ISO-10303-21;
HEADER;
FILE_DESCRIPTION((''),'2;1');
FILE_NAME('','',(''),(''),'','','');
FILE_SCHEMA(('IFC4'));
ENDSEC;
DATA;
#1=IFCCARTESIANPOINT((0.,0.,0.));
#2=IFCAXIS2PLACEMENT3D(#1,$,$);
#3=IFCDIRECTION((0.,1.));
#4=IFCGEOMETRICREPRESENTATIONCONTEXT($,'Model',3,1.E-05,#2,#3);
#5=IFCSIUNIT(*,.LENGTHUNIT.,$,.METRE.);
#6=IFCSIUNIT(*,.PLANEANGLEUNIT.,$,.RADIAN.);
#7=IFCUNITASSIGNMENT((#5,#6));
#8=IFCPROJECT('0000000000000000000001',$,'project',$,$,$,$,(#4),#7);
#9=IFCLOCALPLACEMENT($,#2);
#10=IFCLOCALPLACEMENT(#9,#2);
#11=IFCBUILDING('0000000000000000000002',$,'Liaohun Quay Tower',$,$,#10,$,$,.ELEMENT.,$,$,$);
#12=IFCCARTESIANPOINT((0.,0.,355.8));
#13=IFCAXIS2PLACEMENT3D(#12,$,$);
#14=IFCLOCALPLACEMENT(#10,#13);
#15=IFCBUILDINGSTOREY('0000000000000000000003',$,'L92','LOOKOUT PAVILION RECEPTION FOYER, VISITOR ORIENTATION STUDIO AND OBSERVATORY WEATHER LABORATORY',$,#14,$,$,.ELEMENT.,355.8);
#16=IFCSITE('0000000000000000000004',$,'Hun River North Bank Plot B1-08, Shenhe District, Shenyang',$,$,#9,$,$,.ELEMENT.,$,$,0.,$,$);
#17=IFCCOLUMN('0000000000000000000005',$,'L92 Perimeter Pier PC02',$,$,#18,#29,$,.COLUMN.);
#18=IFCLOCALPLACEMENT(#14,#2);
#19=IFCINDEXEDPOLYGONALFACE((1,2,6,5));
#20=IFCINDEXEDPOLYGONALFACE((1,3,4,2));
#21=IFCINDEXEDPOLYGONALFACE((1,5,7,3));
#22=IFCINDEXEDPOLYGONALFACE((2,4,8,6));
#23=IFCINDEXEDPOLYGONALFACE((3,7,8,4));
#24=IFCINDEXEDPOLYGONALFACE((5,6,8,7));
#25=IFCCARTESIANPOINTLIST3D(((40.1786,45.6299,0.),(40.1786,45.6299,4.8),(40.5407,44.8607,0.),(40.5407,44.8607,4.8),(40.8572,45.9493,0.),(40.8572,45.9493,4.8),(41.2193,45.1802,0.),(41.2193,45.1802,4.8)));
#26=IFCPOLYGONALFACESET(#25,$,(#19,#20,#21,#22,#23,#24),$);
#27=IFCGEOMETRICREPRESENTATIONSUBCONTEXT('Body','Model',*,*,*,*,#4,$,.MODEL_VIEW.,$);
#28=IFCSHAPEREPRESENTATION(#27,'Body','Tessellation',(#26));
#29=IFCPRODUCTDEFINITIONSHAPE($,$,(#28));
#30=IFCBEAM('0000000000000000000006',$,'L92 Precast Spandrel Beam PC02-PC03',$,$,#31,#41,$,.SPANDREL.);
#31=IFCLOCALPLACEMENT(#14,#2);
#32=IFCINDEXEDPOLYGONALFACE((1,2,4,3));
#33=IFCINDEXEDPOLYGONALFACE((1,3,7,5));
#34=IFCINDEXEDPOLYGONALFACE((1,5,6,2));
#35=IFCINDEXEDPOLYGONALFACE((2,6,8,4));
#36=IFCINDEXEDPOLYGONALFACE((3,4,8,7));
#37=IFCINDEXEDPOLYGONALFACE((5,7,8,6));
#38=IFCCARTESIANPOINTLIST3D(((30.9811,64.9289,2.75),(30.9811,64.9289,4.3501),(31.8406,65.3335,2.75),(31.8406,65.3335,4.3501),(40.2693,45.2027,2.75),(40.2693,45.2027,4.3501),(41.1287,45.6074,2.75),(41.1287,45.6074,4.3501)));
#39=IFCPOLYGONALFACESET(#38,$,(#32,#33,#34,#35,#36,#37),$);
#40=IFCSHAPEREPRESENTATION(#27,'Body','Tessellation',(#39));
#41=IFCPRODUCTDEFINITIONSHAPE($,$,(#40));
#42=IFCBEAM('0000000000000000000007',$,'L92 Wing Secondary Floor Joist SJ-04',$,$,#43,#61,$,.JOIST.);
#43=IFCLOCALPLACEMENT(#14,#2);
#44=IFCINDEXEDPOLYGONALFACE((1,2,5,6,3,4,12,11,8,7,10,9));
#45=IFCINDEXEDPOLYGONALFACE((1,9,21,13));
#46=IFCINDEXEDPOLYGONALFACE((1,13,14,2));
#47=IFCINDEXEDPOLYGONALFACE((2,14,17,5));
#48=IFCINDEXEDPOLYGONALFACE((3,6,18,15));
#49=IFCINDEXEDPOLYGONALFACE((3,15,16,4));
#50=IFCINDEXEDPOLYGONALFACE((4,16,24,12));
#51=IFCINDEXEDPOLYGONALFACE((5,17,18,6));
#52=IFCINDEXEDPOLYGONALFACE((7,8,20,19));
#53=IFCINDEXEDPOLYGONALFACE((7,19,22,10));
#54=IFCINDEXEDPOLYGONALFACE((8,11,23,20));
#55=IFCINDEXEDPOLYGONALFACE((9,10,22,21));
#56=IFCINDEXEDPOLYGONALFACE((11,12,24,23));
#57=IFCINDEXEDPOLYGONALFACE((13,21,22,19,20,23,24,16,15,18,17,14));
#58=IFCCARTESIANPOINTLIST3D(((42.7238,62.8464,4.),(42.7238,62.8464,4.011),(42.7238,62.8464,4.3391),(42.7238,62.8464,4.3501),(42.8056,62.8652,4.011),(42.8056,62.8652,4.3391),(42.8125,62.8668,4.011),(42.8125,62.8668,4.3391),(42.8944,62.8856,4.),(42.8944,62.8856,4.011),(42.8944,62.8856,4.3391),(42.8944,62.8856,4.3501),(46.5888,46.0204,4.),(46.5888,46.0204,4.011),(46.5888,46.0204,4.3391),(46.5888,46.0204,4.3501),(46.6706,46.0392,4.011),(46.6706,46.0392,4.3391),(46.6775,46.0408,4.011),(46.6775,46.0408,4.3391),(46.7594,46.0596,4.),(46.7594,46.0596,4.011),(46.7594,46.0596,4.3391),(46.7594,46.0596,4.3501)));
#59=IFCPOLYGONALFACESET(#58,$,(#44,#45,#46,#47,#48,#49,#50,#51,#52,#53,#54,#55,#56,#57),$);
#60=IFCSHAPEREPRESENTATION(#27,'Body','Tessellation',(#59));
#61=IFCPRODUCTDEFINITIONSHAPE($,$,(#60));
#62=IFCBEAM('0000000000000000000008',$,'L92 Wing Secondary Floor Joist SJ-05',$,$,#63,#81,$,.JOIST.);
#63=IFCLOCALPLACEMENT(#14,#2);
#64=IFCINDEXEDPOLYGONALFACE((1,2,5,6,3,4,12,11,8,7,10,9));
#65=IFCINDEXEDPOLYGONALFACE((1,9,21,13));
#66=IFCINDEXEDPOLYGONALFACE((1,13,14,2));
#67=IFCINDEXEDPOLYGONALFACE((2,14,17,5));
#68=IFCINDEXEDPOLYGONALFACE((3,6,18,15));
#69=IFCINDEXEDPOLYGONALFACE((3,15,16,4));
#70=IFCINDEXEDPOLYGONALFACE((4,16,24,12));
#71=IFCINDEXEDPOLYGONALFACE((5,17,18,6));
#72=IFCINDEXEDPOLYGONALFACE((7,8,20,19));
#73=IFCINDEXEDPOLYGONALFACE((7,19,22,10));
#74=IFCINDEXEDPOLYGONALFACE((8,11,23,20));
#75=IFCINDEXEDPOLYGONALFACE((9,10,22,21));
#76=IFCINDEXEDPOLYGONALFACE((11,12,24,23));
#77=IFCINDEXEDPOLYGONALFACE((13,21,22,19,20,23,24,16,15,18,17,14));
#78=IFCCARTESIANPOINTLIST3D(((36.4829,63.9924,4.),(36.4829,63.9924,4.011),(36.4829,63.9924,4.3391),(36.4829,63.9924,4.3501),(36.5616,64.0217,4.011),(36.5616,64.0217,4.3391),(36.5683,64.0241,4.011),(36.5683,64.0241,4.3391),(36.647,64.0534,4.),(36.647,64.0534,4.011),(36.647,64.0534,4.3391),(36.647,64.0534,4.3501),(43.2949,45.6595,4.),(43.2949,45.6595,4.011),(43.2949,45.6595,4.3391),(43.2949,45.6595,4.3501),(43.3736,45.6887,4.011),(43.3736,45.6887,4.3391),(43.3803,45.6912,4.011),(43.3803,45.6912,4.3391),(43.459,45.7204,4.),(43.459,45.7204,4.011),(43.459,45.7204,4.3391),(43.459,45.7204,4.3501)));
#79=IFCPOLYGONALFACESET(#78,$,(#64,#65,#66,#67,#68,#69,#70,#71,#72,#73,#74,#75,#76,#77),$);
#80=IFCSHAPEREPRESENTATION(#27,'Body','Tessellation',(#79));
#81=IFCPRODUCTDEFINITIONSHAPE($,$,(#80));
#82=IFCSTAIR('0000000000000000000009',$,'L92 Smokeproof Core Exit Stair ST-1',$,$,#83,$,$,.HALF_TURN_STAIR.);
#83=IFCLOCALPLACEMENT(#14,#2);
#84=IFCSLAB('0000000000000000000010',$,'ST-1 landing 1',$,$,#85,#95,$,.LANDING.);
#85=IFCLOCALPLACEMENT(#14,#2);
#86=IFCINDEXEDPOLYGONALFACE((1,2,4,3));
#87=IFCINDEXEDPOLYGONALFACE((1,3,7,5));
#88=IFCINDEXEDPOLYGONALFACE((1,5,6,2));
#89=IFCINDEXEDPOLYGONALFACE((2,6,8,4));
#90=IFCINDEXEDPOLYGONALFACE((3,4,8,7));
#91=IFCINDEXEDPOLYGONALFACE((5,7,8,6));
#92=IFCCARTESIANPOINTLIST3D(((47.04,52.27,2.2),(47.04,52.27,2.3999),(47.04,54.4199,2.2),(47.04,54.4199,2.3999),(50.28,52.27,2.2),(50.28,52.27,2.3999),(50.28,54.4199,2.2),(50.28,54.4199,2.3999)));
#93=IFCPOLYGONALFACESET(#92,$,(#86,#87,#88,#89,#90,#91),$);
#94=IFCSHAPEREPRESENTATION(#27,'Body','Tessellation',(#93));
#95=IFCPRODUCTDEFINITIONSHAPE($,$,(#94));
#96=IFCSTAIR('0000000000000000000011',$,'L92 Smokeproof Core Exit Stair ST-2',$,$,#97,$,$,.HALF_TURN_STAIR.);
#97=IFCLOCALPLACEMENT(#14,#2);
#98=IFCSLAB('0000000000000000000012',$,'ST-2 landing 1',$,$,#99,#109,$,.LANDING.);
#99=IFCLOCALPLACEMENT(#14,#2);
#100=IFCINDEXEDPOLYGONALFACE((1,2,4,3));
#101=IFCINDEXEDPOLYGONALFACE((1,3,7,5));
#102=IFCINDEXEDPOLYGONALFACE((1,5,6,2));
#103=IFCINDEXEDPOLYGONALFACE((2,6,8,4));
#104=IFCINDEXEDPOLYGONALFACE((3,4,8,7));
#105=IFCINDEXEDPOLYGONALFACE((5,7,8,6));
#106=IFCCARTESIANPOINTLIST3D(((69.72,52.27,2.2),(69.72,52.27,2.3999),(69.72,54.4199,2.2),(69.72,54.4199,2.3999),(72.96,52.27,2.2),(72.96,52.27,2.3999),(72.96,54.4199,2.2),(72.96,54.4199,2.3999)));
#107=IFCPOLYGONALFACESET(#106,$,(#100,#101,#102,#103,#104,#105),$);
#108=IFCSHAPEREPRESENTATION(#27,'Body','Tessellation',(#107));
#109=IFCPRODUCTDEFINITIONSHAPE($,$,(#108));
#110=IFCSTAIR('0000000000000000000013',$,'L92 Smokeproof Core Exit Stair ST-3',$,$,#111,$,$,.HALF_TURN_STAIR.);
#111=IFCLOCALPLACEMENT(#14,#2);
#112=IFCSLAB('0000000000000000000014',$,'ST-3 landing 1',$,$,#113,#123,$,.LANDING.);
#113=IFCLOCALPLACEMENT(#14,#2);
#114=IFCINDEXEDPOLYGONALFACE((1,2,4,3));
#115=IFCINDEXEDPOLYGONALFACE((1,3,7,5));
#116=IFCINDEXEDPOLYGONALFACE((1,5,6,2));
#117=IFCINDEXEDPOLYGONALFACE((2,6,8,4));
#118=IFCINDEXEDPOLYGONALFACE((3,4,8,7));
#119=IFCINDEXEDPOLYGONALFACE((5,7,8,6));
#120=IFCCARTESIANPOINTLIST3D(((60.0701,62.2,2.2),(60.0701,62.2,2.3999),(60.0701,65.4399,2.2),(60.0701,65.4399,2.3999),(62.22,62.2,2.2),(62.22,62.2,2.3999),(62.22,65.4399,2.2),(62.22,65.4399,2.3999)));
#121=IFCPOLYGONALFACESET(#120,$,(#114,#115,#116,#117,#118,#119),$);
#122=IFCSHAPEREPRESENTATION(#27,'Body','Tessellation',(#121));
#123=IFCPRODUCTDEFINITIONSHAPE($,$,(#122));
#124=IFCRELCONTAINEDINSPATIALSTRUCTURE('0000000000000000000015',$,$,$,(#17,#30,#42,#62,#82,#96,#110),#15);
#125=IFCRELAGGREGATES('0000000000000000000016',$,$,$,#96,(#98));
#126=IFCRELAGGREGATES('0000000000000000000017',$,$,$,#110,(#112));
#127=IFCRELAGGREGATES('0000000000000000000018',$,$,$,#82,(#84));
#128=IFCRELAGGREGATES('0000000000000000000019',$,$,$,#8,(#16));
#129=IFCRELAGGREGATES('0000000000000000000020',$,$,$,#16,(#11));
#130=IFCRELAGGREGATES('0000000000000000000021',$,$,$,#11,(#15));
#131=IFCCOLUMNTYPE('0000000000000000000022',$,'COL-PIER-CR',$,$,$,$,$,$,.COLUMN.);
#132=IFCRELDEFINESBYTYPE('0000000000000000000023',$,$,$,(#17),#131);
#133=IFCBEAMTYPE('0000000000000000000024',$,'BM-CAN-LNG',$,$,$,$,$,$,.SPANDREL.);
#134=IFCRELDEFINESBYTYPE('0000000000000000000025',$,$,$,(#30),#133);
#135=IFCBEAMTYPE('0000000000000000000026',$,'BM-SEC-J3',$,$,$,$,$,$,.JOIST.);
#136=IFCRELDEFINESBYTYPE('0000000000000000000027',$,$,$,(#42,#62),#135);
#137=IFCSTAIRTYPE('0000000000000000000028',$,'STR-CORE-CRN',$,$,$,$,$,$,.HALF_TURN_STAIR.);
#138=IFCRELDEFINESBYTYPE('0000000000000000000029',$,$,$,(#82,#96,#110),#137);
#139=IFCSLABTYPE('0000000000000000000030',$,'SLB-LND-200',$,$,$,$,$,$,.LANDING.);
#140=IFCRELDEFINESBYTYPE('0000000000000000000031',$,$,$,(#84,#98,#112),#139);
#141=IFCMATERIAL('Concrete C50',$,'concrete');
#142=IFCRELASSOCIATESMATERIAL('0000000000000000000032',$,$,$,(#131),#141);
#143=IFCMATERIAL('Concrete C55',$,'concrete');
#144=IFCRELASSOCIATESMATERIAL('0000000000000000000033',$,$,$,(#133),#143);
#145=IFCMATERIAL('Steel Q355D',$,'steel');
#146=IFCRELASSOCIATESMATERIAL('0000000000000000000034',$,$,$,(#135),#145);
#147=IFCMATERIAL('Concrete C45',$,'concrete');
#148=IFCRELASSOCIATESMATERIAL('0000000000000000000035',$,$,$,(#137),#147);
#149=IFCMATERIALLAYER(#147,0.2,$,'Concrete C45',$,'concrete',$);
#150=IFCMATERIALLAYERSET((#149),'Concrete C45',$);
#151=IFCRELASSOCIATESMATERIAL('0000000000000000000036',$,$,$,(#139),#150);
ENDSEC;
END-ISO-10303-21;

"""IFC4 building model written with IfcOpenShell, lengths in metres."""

from ifc_helpers import new_model, si_unit, direction, frame, origin, origin_2d, place, context, subcontext, project, spatial, polyline, rectangle, i_section, outline, extrude, source, transform, mapped, material, layer, layer_set, material_profile, profile_set, type_object, element, aggregate, save


model = new_model("IFC4")

# Units and contexts
model_context = context("Model", 3, precision=1e-05, world=origin(), true_north=direction((0.0, 1.0)))
body_context = subcontext(model_context, "Body", "Model", "MODEL_VIEW")
ifc_project = project(units=[si_unit("LENGTHUNIT", "METRE"), si_unit("PLANEANGLEUNIT", "RADIAN")], contexts=[model_context])

# Site, building, storey
site_placement = place(None, origin())
site = spatial("IfcSite", under=ifc_project, at=site_placement, Name="Hun River North Bank Plot B1-08, Shenhe District, Shenyang", CompositionType="ELEMENT", RefElevation=0.0)
building_placement = place(site_placement, origin())
building = spatial("IfcBuilding", under=site, at=building_placement, Name="Liaohun Quay Tower", CompositionType="ELEMENT")
storey_placement = place(building_placement, frame((0.0, 0.0, 355.8)))
storey = spatial("IfcBuildingStorey", under=building, at=storey_placement, Name="L92", Description="LOOKOUT PAVILION RECEPTION FOYER, VISITOR ORIENTATION STUDIO AND OBSERVATORY WEATHER LABORATORY", CompositionType="ELEMENT", Elevation=355.8)

# Column
ifc_material_1 = material(Name="Concrete C50", Category="concrete")
ifc_material_profile_1 = material_profile(ifc_material_1, rectangle(XDim=0.8501, YDim=0.75, at=origin_2d()), Name="RC850x750")
ifc_profile_set_1 = profile_set([ifc_material_profile_1], Name="Concrete C50")
column_type = type_object("IfcColumnType", Name="COL-PIER-CR", PredefinedType="COLUMN", material=ifc_profile_set_1)
shared_shape_1 = source(origin(), body_context, "Body", "SweptSolid", [
    extrude(rectangle(XDim=0.8501, YDim=0.75, at=origin_2d()), origin(), (0.0, 0.0, 1.0), 4.8),
])
column_placement = place(storey_placement, frame((40.699, 45.405, 0.0), z_axis=(0.0, 0.0, 1.0), x_axis=(-0.425937, 0.904753, 0.0)))
element("IfcColumn", 1, at=column_placement, inside=storey, type_object=column_type, Name="L92 Perimeter Pier PC02", PredefinedType="COLUMN", context=body_context, shape_type="MappedRepresentation", body=[
    mapped(shared_shape_1, transform((0.0, 0.0, 0.0), x_axis=(1.0, 0.0, 0.0), y_axis=(0.0, 1.0, 0.0), z_axis=(0.0, 0.0, 1.0), scale=1.0)),
])

# Beams
ifc_material_2 = material(Name="Concrete C55", Category="concrete")
ifc_material_profile_2 = material_profile(ifc_material_2, rectangle(XDim=0.95, YDim=1.6001, at=origin_2d()), Name="RC950x1600")
ifc_profile_set_2 = profile_set([ifc_material_profile_2], Name="Concrete C55")
beam_type_1 = type_object("IfcBeamType", Name="BM-CAN-LNG", PredefinedType="SPANDREL", material=ifc_profile_set_2)
shared_shape_2 = source(origin(), body_context, "Body", "SweptSolid", [
    extrude(rectangle(XDim=0.95, YDim=1.6001, at=origin_2d()), origin(), (0.0, 0.0, 1.0), 21.8035),
])
beam_1_placement = place(storey_placement, frame((40.699, 45.405, 3.55), z_axis=(-0.425993, 0.904726, 0.0), x_axis=(-0.904726, -0.425993, 0.0)))
element("IfcBeam", 2, at=beam_1_placement, inside=storey, type_object=beam_type_1, Name="L92 Precast Spandrel Beam PC02-PC03", PredefinedType="SPANDREL", context=body_context, shape_type="MappedRepresentation", body=[
    mapped(shared_shape_2, transform((0.0, 0.0, 0.0), x_axis=(1.0, 0.0, 0.0), y_axis=(0.0, 1.0, 0.0), z_axis=(0.0, 0.0, 1.0), scale=1.0)),
])
ifc_material_3 = material(Name="Steel Q355D", Category="steel")
ifc_material_profile_3 = material_profile(ifc_material_3, i_section(OverallWidth=0.175, OverallDepth=0.3501, WebThickness=0.0071, FlangeThickness=0.011, at=origin_2d()), Name="HN350x175x7x11")
ifc_profile_set_3 = profile_set([ifc_material_profile_3], Name="Steel Q355D")
beam_type_2 = type_object("IfcBeamType", Name="BM-SEC-J3", PredefinedType="JOIST", material=ifc_profile_set_3)
shared_shape_3 = source(origin(), body_context, "Body", "SweptSolid", [
    extrude(i_section(OverallWidth=0.175, OverallDepth=0.3501, WebThickness=0.0071, FlangeThickness=0.011, at=origin_2d()), origin(), (0.0, 0.0, 1.0), 17.2642),
])
beam_2_placement = place(storey_placement, frame((46.6741, 46.04, 4.175), z_axis=(-0.223874, 0.974618, 0.0), x_axis=(-0.974618, -0.223874, 0.0)))
element("IfcBeam", 3, at=beam_2_placement, inside=storey, type_object=beam_type_2, Name="L92 Wing Secondary Floor Joist SJ-04", PredefinedType="JOIST", context=body_context, shape_type="MappedRepresentation", body=[
    mapped(shared_shape_3, transform((0.0, 0.0, 0.0), x_axis=(1.0, 0.0, 0.0), y_axis=(0.0, 1.0, 0.0), z_axis=(0.0, 0.0, 1.0), scale=1.0)),
])
shared_shape_4 = source(origin(), body_context, "Body", "SweptSolid", [
    extrude(i_section(OverallWidth=0.175, OverallDepth=0.3501, WebThickness=0.0071, FlangeThickness=0.011, at=origin_2d()), origin(), (0.0, 0.0, 1.0), 19.5576),
])
beam_3_placement = place(storey_placement, frame((43.377, 45.6899, 4.175), z_axis=(-0.348304, 0.937382, 0.0), x_axis=(-0.937382, -0.348304, 0.0)))
element("IfcBeam", 4, at=beam_3_placement, inside=storey, type_object=beam_type_2, Name="L92 Wing Secondary Floor Joist SJ-05", PredefinedType="JOIST", context=body_context, shape_type="MappedRepresentation", body=[
    mapped(shared_shape_4, transform((0.0, 0.0, 0.0), x_axis=(1.0, 0.0, 0.0), y_axis=(0.0, 1.0, 0.0), z_axis=(0.0, 0.0, 1.0), scale=1.0)),
])

# Stairs, slabs
ifc_material_4 = material(Name="Concrete C45", Category="concrete")
stair_type = type_object("IfcStairType", Name="STR-CORE-CRN", PredefinedType="HALF_TURN_STAIR", material=ifc_material_4)
stair_1_placement = place(storey_placement, origin())
stair_1 = element("IfcStair", 5, at=stair_1_placement, inside=storey, type_object=stair_type, Name="L92 Smokeproof Core Exit Stair ST-1", PredefinedType="HALF_TURN_STAIR")
ifc_layer_1 = layer(ifc_material_4, 0.2, Name="Concrete C45", Category="concrete")
ifc_layer_set_1 = layer_set([ifc_layer_1], Name="Concrete C45")
slab_type_1 = type_object("IfcSlabType", Name="SLB-LND-200", PredefinedType="LANDING", material=ifc_layer_set_1)
slab_1_placement = place(storey_placement, frame((0.0, 0.0, 2.2)))
slab_1 = element("IfcSlab", 6, at=slab_1_placement, type_object=slab_type_1, Name="ST-1 landing 1", PredefinedType="LANDING", context=body_context, shape_type="SweptSolid", body=[
    extrude(outline(polyline([(50.28, 52.27), (50.28, 54.4199), (47.04, 54.4199), (47.04, 52.27), (50.28, 52.27)])), origin(), (0.0, 0.0, 1.0), 0.2),
])
stair_2_placement = place(storey_placement, origin())
stair_2 = element("IfcStair", 7, at=stair_2_placement, inside=storey, type_object=stair_type, Name="L92 Smokeproof Core Exit Stair ST-2", PredefinedType="HALF_TURN_STAIR")
slab_2_placement = place(storey_placement, frame((0.0, 0.0, 2.2)))
slab_2 = element("IfcSlab", 8, at=slab_2_placement, type_object=slab_type_1, Name="ST-2 landing 1", PredefinedType="LANDING", context=body_context, shape_type="SweptSolid", body=[
    extrude(outline(polyline([(72.96, 52.27), (72.96, 54.4199), (69.72, 54.4199), (69.72, 52.27), (72.96, 52.27)])), origin(), (0.0, 0.0, 1.0), 0.2),
])
aggregate(stair_2, [slab_2])
stair_3_placement = place(storey_placement, origin())
stair_3 = element("IfcStair", 9, at=stair_3_placement, inside=storey, type_object=stair_type, Name="L92 Smokeproof Core Exit Stair ST-3", PredefinedType="HALF_TURN_STAIR")
slab_3_placement = place(storey_placement, frame((0.0, 0.0, 2.2)))
slab_3 = element("IfcSlab", 10, at=slab_3_placement, type_object=slab_type_1, Name="ST-3 landing 1", PredefinedType="LANDING", context=body_context, shape_type="SweptSolid", body=[
    extrude(outline(polyline([(60.0701, 62.2), (62.22, 62.2), (62.22, 65.4399), (60.0701, 65.4399), (60.0701, 62.2)])), origin(), (0.0, 0.0, 1.0), 0.2),
])
aggregate(stair_3, [slab_3])

aggregate(stair_1, [slab_1])

save(model, "model.ifc")
